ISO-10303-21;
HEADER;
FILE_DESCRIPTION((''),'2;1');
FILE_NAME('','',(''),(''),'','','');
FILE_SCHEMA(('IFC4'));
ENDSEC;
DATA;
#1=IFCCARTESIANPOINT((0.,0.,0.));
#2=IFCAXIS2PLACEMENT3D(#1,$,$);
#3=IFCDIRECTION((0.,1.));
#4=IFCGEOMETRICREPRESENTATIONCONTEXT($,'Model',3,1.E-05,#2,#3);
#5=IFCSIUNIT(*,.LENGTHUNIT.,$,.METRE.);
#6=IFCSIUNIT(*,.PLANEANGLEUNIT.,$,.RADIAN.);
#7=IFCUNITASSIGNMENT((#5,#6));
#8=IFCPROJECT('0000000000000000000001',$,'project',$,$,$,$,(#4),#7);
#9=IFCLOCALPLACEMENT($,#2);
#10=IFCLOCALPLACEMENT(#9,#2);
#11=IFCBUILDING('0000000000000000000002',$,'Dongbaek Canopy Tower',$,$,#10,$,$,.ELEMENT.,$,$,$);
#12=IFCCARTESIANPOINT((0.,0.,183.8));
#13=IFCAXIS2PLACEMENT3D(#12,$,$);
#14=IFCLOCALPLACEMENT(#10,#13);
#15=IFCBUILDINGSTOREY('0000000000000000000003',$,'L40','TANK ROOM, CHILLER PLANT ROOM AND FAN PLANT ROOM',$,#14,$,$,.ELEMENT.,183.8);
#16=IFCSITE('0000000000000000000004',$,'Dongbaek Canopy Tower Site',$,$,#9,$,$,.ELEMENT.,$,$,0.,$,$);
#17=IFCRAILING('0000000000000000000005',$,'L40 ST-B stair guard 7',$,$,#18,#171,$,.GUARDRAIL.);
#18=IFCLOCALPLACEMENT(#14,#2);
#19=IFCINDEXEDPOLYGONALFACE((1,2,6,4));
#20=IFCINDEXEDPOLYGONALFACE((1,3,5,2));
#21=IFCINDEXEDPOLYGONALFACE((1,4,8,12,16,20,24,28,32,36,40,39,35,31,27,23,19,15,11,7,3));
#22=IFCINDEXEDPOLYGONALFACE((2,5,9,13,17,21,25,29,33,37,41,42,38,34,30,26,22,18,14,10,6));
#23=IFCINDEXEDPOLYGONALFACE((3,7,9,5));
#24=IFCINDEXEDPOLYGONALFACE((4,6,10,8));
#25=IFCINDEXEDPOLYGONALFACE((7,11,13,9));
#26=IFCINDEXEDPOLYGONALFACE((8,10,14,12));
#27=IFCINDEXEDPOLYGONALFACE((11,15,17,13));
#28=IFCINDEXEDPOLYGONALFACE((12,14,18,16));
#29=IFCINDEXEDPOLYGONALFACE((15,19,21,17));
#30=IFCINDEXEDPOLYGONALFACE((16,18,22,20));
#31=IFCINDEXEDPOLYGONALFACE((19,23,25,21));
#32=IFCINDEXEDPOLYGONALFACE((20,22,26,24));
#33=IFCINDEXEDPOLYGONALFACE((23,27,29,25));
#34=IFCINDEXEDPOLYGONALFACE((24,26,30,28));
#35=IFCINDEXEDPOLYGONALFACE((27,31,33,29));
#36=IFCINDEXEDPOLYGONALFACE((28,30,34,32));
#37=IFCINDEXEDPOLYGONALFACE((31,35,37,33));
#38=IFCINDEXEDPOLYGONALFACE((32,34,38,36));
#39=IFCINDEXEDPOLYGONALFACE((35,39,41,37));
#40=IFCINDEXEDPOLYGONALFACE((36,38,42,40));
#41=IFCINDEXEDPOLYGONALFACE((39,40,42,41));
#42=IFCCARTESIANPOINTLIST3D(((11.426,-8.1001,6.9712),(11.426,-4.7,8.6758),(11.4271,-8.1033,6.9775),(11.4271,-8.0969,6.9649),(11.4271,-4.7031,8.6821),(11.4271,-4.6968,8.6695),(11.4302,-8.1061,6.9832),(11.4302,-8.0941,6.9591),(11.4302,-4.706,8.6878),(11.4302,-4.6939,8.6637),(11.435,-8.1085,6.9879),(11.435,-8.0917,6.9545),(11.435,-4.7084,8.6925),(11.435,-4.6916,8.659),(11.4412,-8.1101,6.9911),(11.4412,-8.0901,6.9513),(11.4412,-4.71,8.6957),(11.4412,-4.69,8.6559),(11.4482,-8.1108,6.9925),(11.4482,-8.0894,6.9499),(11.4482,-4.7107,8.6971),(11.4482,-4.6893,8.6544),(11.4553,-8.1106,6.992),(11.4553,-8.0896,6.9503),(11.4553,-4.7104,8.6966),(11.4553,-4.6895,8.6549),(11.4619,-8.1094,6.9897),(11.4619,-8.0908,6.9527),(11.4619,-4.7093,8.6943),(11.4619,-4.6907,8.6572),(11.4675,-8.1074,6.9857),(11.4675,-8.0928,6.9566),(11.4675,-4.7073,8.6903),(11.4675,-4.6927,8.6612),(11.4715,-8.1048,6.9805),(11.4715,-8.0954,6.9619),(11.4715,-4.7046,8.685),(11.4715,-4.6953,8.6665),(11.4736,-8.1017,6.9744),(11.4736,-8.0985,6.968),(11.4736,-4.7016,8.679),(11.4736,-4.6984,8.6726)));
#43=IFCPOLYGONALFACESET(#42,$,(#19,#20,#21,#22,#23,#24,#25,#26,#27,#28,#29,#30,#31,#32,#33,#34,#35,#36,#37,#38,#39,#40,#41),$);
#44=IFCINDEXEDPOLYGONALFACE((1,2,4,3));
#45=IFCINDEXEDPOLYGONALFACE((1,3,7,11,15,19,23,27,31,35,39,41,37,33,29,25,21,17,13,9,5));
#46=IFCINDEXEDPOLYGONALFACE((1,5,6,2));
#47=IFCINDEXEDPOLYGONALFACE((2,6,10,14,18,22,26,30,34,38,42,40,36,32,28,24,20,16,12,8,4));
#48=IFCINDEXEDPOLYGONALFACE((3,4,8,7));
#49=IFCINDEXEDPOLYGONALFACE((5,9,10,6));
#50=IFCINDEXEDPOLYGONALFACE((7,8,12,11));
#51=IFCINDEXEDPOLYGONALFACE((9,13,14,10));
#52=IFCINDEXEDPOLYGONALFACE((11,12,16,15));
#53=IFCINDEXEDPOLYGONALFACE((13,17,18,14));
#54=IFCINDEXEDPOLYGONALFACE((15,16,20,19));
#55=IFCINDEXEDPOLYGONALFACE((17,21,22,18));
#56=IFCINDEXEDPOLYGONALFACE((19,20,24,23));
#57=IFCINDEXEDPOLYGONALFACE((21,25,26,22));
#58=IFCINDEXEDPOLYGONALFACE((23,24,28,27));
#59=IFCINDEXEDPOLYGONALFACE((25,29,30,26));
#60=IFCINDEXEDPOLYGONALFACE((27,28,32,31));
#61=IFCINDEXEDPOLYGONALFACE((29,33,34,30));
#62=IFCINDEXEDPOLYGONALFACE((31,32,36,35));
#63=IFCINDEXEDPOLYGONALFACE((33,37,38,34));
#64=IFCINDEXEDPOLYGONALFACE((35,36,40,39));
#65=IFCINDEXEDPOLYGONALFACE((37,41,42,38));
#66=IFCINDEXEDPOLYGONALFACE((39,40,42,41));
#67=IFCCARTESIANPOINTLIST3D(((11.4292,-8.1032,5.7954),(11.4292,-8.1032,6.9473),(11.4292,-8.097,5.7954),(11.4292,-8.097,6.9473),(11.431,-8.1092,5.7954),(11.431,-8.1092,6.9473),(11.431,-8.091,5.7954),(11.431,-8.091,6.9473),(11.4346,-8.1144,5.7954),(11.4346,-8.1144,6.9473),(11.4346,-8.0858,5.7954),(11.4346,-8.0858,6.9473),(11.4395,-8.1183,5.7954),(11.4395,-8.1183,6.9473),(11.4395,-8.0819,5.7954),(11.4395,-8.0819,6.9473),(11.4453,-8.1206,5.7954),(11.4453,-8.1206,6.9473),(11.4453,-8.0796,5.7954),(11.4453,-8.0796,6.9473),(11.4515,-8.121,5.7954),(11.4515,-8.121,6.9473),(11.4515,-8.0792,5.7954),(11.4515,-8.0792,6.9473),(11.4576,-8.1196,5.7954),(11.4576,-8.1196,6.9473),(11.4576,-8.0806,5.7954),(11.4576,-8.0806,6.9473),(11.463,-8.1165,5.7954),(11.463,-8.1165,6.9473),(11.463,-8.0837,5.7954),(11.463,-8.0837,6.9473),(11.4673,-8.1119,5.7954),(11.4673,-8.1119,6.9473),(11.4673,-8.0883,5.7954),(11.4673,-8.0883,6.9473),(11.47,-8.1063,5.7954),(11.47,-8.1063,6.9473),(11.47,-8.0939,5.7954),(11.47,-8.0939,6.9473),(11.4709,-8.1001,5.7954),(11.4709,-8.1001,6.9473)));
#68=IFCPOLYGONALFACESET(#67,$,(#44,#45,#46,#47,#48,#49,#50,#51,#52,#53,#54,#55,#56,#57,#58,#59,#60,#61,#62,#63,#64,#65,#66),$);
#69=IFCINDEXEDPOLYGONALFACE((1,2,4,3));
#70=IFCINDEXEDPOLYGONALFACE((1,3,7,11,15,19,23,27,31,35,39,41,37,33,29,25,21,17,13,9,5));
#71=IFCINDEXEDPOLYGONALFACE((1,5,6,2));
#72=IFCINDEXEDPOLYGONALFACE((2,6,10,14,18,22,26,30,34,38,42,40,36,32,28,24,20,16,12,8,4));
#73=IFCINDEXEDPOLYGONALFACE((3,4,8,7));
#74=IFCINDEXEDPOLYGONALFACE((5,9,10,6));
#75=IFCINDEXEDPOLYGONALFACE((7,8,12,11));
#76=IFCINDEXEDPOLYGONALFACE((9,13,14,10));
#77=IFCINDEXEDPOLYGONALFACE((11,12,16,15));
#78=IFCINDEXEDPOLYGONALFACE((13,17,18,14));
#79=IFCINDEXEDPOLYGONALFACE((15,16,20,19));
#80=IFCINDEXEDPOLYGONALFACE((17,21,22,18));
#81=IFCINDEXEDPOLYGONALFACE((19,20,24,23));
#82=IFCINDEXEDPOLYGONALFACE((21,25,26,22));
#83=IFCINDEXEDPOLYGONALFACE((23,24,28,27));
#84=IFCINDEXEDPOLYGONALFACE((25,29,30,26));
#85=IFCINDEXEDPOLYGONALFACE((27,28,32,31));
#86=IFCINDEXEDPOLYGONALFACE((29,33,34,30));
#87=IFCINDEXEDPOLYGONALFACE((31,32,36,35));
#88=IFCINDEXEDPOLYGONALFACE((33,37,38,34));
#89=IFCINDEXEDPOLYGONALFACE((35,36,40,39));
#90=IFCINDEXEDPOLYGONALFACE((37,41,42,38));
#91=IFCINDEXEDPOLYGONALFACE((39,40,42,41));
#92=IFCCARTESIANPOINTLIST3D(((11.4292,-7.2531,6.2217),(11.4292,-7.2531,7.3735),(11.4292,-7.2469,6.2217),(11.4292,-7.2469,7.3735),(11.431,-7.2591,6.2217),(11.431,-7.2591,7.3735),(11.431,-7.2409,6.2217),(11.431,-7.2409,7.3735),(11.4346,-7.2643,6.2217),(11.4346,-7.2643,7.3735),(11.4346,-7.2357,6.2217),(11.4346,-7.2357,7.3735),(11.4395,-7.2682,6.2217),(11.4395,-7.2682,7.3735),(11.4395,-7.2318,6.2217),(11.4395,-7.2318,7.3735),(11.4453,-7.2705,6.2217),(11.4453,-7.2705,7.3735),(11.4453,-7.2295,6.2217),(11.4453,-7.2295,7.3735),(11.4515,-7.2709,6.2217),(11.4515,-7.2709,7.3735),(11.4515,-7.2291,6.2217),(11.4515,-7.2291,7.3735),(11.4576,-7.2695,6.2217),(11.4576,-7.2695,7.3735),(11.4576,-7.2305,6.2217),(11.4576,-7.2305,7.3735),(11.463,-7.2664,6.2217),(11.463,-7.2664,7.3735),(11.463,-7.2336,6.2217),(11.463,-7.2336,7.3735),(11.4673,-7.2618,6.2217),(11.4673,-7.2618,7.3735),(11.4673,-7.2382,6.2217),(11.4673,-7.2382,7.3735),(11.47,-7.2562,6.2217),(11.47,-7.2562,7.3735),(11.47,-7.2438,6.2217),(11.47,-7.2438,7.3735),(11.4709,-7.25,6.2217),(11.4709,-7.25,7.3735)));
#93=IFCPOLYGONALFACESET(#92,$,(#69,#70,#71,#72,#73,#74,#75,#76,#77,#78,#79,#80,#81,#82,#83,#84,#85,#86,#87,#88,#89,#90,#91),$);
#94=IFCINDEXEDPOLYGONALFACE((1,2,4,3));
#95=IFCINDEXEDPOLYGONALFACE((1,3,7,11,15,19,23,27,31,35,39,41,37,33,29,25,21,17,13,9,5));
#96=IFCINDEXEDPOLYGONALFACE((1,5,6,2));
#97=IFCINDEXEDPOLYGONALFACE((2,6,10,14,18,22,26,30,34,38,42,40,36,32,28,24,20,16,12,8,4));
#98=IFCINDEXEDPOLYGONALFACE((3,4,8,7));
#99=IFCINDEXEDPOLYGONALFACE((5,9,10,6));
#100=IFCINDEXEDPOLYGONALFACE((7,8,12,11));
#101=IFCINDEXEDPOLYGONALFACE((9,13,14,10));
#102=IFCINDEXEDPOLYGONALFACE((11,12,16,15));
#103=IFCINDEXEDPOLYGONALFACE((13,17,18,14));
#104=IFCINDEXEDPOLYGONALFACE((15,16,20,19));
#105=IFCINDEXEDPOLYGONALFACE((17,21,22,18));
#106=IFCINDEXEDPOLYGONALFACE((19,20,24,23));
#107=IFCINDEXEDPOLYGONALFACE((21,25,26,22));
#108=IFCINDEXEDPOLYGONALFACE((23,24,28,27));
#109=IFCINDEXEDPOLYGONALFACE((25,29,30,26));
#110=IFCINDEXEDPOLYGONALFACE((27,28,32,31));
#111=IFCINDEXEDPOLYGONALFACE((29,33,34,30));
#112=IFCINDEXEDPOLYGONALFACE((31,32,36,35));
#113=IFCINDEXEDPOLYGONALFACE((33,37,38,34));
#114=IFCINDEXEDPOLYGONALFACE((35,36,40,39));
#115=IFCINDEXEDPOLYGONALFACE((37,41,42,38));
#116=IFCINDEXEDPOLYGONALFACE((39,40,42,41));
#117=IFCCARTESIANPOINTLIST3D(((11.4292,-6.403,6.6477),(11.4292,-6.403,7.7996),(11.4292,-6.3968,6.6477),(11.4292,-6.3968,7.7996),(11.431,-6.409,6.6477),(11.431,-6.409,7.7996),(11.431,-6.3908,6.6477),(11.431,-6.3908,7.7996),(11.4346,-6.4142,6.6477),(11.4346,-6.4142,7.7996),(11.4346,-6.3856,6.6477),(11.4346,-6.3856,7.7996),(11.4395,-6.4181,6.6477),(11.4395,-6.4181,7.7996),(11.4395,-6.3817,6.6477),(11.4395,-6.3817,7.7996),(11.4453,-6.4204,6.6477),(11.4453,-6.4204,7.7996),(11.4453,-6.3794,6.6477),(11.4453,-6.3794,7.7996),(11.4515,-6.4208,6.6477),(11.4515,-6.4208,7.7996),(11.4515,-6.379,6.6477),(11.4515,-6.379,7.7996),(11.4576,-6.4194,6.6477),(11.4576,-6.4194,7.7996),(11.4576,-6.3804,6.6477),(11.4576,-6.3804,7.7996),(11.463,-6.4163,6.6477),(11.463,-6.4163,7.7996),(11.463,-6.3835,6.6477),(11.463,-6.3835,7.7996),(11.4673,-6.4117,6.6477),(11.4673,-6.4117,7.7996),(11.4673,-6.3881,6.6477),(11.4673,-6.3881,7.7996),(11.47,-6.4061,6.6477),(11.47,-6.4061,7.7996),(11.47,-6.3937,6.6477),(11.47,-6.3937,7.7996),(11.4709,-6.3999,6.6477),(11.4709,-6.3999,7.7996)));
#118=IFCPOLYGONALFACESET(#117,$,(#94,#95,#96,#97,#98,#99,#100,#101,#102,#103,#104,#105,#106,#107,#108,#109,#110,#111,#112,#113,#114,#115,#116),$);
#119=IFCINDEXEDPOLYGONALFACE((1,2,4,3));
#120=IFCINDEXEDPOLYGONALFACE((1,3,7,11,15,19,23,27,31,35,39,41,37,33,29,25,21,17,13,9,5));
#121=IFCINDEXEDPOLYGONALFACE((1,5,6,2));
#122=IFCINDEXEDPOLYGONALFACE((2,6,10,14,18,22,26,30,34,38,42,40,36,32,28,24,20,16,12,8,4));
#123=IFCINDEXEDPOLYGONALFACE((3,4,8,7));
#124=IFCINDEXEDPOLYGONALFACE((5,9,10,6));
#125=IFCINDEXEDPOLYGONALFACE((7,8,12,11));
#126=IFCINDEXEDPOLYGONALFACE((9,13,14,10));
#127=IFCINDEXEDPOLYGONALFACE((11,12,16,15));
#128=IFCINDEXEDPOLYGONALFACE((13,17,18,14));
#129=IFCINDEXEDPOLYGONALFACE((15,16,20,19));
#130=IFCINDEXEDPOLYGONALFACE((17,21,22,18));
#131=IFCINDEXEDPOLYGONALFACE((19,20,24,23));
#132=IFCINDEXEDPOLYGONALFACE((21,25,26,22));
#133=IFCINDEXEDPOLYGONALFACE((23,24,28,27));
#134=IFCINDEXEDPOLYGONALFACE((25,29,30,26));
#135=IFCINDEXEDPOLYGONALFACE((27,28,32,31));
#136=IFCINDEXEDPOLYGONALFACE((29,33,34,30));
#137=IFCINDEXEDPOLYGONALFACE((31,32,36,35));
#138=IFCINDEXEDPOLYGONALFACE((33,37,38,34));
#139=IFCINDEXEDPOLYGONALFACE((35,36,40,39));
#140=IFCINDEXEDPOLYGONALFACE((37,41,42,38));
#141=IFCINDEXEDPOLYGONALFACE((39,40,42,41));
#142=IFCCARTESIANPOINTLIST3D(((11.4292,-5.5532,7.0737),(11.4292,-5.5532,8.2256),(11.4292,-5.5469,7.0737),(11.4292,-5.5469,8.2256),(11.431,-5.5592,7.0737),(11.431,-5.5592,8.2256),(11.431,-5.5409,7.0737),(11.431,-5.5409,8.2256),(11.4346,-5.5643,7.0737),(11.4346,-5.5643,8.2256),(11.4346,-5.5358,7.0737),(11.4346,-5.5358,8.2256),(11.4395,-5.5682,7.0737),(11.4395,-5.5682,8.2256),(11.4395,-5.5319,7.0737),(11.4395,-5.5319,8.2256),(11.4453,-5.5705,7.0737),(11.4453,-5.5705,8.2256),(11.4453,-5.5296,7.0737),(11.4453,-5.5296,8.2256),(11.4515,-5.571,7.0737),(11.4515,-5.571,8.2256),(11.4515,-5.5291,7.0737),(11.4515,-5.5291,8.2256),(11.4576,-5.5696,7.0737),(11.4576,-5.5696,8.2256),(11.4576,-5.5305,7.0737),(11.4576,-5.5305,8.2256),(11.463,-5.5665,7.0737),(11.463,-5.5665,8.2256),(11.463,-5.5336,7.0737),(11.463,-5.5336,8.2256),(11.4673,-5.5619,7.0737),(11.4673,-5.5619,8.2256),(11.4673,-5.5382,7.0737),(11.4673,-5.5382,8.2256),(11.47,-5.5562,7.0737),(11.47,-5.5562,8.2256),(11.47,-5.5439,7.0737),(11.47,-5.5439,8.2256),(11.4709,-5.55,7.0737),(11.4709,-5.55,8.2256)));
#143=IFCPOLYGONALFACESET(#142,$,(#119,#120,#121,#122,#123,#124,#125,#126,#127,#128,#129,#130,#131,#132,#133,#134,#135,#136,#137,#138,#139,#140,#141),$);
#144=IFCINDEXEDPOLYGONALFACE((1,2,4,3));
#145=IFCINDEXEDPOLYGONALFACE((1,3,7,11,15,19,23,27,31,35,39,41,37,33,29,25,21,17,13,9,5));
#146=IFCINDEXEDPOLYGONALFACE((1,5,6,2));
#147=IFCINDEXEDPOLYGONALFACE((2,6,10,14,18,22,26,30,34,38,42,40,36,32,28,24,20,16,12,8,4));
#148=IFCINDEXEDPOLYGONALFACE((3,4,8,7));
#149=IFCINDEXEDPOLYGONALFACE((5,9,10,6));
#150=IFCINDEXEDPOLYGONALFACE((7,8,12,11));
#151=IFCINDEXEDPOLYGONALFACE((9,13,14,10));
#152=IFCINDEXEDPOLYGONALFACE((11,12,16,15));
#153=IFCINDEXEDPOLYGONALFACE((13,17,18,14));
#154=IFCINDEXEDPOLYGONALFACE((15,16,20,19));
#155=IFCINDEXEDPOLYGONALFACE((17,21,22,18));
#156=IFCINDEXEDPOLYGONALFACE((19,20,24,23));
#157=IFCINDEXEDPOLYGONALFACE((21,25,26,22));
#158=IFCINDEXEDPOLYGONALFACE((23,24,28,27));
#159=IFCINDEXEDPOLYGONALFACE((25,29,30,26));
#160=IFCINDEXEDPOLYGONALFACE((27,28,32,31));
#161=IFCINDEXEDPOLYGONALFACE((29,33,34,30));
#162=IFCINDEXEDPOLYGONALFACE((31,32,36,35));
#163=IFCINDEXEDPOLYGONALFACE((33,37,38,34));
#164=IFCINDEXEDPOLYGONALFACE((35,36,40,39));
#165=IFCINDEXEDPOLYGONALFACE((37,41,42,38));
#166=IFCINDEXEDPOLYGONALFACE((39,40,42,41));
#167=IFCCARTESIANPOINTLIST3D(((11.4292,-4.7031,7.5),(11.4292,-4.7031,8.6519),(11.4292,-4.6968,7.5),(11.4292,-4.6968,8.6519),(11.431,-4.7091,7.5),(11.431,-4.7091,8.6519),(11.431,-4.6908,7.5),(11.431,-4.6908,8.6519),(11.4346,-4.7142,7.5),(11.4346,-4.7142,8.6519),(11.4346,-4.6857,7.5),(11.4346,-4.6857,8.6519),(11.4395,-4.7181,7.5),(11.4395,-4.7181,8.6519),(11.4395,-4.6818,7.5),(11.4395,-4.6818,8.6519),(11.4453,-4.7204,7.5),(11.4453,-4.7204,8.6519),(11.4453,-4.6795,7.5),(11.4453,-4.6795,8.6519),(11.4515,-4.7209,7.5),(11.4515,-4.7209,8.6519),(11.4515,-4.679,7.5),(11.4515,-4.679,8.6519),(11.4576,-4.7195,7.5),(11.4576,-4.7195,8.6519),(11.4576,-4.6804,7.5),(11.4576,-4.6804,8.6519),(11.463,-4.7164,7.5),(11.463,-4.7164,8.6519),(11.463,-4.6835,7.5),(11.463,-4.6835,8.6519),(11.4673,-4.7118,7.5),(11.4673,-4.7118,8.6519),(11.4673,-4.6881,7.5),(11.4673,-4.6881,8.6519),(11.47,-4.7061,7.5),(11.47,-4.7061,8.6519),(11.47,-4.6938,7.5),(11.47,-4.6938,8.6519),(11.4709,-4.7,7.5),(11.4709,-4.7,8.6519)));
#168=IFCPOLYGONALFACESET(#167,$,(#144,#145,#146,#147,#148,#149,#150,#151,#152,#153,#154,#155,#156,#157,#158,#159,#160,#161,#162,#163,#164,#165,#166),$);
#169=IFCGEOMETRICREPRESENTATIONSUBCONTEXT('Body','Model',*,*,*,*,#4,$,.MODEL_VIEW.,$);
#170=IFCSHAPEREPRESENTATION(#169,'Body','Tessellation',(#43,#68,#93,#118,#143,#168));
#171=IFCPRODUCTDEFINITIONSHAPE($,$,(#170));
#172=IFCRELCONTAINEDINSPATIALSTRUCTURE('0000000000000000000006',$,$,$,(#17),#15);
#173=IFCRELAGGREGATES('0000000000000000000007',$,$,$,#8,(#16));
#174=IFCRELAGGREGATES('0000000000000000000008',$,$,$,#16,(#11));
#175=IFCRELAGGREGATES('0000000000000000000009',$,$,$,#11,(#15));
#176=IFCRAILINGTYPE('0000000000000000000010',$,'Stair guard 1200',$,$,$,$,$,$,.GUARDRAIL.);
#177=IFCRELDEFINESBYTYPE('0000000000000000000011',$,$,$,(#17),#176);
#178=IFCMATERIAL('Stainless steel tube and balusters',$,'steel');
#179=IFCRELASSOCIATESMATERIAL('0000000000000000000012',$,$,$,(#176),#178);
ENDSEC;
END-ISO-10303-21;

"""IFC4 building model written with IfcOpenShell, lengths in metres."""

from ifc_helpers import new_model, si_unit, direction, frame, origin, origin_2d, place, context, subcontext, project, spatial, circle, extrude, material, type_object, element, save


model = new_model("IFC4")

# Units and contexts
model_context = context("Model", 3, precision=1e-05, world=origin(), true_north=direction((0.0, 1.0)))
body_context = subcontext(model_context, "Body", "Model", "MODEL_VIEW")
ifc_project = project(units=[si_unit("LENGTHUNIT", "METRE"), si_unit("PLANEANGLEUNIT", "RADIAN")], contexts=[model_context])

# Site, building, storey
site_placement = place(None, origin())
site = spatial("IfcSite", under=ifc_project, at=site_placement, Name="Dongbaek Canopy Tower Site", CompositionType="ELEMENT", RefElevation=0.0)
building_placement = place(site_placement, origin())
building = spatial("IfcBuilding", under=site, at=building_placement, Name="Dongbaek Canopy Tower", CompositionType="ELEMENT")
storey_placement = place(building_placement, frame((0.0, 0.0, 183.8)))
storey = spatial("IfcBuildingStorey", under=building, at=storey_placement, Name="L40", Description="TANK ROOM, CHILLER PLANT ROOM AND FAN PLANT ROOM", CompositionType="ELEMENT", Elevation=183.8)

# Railing
ifc_material_1 = material(Name="Stainless steel tube and balusters", Category="steel")
railing_type_1 = type_object("IfcRailingType", Name="Stair guard 1200", PredefinedType="GUARDRAIL", material=ifc_material_1)
for number, where, name in (
    (1, (11.45, -8.1001, 5.7954), "L40 ST-B stair guard 7"),
):
    element("IfcRailing", number, at=place(storey_placement, frame(where)), inside=storey, type_object=railing_type_1, Name=name, PredefinedType="GUARDRAIL", context=body_context, shape_type="SweptSolid", body=[
        extrude(circle(Radius=0.0239, at=origin_2d()), frame((0.0, 0.0, 1.1758), z_axis=(0.0, 0.893952, 0.448163), x_axis=(-1.0, 0.0, 0.0)), (0.0, 0.0, 1.0), 3.8035),
        extrude(circle(Radius=0.021, at=origin_2d()), origin(), (0.0, 0.0, 1.0), 1.1519),
        extrude(circle(Radius=0.021, at=origin_2d()), frame((0.0, 0.8501, 0.4263)), (0.0, 0.0, 1.0), 1.1519),
        extrude(circle(Radius=0.021, at=origin_2d()), frame((0.0, 1.7002, 0.8523)), (0.0, 0.0, 1.0), 1.1519),
        extrude(circle(Radius=0.021, at=origin_2d()), frame((0.0, 2.55, 1.2783)), (0.0, 0.0, 1.0), 1.1519),
        extrude(circle(Radius=0.021, at=origin_2d()), frame((0.0, 3.4001, 1.7046)), (0.0, 0.0, 1.0), 1.1519),
    ])

save(model, "model.ifc")
